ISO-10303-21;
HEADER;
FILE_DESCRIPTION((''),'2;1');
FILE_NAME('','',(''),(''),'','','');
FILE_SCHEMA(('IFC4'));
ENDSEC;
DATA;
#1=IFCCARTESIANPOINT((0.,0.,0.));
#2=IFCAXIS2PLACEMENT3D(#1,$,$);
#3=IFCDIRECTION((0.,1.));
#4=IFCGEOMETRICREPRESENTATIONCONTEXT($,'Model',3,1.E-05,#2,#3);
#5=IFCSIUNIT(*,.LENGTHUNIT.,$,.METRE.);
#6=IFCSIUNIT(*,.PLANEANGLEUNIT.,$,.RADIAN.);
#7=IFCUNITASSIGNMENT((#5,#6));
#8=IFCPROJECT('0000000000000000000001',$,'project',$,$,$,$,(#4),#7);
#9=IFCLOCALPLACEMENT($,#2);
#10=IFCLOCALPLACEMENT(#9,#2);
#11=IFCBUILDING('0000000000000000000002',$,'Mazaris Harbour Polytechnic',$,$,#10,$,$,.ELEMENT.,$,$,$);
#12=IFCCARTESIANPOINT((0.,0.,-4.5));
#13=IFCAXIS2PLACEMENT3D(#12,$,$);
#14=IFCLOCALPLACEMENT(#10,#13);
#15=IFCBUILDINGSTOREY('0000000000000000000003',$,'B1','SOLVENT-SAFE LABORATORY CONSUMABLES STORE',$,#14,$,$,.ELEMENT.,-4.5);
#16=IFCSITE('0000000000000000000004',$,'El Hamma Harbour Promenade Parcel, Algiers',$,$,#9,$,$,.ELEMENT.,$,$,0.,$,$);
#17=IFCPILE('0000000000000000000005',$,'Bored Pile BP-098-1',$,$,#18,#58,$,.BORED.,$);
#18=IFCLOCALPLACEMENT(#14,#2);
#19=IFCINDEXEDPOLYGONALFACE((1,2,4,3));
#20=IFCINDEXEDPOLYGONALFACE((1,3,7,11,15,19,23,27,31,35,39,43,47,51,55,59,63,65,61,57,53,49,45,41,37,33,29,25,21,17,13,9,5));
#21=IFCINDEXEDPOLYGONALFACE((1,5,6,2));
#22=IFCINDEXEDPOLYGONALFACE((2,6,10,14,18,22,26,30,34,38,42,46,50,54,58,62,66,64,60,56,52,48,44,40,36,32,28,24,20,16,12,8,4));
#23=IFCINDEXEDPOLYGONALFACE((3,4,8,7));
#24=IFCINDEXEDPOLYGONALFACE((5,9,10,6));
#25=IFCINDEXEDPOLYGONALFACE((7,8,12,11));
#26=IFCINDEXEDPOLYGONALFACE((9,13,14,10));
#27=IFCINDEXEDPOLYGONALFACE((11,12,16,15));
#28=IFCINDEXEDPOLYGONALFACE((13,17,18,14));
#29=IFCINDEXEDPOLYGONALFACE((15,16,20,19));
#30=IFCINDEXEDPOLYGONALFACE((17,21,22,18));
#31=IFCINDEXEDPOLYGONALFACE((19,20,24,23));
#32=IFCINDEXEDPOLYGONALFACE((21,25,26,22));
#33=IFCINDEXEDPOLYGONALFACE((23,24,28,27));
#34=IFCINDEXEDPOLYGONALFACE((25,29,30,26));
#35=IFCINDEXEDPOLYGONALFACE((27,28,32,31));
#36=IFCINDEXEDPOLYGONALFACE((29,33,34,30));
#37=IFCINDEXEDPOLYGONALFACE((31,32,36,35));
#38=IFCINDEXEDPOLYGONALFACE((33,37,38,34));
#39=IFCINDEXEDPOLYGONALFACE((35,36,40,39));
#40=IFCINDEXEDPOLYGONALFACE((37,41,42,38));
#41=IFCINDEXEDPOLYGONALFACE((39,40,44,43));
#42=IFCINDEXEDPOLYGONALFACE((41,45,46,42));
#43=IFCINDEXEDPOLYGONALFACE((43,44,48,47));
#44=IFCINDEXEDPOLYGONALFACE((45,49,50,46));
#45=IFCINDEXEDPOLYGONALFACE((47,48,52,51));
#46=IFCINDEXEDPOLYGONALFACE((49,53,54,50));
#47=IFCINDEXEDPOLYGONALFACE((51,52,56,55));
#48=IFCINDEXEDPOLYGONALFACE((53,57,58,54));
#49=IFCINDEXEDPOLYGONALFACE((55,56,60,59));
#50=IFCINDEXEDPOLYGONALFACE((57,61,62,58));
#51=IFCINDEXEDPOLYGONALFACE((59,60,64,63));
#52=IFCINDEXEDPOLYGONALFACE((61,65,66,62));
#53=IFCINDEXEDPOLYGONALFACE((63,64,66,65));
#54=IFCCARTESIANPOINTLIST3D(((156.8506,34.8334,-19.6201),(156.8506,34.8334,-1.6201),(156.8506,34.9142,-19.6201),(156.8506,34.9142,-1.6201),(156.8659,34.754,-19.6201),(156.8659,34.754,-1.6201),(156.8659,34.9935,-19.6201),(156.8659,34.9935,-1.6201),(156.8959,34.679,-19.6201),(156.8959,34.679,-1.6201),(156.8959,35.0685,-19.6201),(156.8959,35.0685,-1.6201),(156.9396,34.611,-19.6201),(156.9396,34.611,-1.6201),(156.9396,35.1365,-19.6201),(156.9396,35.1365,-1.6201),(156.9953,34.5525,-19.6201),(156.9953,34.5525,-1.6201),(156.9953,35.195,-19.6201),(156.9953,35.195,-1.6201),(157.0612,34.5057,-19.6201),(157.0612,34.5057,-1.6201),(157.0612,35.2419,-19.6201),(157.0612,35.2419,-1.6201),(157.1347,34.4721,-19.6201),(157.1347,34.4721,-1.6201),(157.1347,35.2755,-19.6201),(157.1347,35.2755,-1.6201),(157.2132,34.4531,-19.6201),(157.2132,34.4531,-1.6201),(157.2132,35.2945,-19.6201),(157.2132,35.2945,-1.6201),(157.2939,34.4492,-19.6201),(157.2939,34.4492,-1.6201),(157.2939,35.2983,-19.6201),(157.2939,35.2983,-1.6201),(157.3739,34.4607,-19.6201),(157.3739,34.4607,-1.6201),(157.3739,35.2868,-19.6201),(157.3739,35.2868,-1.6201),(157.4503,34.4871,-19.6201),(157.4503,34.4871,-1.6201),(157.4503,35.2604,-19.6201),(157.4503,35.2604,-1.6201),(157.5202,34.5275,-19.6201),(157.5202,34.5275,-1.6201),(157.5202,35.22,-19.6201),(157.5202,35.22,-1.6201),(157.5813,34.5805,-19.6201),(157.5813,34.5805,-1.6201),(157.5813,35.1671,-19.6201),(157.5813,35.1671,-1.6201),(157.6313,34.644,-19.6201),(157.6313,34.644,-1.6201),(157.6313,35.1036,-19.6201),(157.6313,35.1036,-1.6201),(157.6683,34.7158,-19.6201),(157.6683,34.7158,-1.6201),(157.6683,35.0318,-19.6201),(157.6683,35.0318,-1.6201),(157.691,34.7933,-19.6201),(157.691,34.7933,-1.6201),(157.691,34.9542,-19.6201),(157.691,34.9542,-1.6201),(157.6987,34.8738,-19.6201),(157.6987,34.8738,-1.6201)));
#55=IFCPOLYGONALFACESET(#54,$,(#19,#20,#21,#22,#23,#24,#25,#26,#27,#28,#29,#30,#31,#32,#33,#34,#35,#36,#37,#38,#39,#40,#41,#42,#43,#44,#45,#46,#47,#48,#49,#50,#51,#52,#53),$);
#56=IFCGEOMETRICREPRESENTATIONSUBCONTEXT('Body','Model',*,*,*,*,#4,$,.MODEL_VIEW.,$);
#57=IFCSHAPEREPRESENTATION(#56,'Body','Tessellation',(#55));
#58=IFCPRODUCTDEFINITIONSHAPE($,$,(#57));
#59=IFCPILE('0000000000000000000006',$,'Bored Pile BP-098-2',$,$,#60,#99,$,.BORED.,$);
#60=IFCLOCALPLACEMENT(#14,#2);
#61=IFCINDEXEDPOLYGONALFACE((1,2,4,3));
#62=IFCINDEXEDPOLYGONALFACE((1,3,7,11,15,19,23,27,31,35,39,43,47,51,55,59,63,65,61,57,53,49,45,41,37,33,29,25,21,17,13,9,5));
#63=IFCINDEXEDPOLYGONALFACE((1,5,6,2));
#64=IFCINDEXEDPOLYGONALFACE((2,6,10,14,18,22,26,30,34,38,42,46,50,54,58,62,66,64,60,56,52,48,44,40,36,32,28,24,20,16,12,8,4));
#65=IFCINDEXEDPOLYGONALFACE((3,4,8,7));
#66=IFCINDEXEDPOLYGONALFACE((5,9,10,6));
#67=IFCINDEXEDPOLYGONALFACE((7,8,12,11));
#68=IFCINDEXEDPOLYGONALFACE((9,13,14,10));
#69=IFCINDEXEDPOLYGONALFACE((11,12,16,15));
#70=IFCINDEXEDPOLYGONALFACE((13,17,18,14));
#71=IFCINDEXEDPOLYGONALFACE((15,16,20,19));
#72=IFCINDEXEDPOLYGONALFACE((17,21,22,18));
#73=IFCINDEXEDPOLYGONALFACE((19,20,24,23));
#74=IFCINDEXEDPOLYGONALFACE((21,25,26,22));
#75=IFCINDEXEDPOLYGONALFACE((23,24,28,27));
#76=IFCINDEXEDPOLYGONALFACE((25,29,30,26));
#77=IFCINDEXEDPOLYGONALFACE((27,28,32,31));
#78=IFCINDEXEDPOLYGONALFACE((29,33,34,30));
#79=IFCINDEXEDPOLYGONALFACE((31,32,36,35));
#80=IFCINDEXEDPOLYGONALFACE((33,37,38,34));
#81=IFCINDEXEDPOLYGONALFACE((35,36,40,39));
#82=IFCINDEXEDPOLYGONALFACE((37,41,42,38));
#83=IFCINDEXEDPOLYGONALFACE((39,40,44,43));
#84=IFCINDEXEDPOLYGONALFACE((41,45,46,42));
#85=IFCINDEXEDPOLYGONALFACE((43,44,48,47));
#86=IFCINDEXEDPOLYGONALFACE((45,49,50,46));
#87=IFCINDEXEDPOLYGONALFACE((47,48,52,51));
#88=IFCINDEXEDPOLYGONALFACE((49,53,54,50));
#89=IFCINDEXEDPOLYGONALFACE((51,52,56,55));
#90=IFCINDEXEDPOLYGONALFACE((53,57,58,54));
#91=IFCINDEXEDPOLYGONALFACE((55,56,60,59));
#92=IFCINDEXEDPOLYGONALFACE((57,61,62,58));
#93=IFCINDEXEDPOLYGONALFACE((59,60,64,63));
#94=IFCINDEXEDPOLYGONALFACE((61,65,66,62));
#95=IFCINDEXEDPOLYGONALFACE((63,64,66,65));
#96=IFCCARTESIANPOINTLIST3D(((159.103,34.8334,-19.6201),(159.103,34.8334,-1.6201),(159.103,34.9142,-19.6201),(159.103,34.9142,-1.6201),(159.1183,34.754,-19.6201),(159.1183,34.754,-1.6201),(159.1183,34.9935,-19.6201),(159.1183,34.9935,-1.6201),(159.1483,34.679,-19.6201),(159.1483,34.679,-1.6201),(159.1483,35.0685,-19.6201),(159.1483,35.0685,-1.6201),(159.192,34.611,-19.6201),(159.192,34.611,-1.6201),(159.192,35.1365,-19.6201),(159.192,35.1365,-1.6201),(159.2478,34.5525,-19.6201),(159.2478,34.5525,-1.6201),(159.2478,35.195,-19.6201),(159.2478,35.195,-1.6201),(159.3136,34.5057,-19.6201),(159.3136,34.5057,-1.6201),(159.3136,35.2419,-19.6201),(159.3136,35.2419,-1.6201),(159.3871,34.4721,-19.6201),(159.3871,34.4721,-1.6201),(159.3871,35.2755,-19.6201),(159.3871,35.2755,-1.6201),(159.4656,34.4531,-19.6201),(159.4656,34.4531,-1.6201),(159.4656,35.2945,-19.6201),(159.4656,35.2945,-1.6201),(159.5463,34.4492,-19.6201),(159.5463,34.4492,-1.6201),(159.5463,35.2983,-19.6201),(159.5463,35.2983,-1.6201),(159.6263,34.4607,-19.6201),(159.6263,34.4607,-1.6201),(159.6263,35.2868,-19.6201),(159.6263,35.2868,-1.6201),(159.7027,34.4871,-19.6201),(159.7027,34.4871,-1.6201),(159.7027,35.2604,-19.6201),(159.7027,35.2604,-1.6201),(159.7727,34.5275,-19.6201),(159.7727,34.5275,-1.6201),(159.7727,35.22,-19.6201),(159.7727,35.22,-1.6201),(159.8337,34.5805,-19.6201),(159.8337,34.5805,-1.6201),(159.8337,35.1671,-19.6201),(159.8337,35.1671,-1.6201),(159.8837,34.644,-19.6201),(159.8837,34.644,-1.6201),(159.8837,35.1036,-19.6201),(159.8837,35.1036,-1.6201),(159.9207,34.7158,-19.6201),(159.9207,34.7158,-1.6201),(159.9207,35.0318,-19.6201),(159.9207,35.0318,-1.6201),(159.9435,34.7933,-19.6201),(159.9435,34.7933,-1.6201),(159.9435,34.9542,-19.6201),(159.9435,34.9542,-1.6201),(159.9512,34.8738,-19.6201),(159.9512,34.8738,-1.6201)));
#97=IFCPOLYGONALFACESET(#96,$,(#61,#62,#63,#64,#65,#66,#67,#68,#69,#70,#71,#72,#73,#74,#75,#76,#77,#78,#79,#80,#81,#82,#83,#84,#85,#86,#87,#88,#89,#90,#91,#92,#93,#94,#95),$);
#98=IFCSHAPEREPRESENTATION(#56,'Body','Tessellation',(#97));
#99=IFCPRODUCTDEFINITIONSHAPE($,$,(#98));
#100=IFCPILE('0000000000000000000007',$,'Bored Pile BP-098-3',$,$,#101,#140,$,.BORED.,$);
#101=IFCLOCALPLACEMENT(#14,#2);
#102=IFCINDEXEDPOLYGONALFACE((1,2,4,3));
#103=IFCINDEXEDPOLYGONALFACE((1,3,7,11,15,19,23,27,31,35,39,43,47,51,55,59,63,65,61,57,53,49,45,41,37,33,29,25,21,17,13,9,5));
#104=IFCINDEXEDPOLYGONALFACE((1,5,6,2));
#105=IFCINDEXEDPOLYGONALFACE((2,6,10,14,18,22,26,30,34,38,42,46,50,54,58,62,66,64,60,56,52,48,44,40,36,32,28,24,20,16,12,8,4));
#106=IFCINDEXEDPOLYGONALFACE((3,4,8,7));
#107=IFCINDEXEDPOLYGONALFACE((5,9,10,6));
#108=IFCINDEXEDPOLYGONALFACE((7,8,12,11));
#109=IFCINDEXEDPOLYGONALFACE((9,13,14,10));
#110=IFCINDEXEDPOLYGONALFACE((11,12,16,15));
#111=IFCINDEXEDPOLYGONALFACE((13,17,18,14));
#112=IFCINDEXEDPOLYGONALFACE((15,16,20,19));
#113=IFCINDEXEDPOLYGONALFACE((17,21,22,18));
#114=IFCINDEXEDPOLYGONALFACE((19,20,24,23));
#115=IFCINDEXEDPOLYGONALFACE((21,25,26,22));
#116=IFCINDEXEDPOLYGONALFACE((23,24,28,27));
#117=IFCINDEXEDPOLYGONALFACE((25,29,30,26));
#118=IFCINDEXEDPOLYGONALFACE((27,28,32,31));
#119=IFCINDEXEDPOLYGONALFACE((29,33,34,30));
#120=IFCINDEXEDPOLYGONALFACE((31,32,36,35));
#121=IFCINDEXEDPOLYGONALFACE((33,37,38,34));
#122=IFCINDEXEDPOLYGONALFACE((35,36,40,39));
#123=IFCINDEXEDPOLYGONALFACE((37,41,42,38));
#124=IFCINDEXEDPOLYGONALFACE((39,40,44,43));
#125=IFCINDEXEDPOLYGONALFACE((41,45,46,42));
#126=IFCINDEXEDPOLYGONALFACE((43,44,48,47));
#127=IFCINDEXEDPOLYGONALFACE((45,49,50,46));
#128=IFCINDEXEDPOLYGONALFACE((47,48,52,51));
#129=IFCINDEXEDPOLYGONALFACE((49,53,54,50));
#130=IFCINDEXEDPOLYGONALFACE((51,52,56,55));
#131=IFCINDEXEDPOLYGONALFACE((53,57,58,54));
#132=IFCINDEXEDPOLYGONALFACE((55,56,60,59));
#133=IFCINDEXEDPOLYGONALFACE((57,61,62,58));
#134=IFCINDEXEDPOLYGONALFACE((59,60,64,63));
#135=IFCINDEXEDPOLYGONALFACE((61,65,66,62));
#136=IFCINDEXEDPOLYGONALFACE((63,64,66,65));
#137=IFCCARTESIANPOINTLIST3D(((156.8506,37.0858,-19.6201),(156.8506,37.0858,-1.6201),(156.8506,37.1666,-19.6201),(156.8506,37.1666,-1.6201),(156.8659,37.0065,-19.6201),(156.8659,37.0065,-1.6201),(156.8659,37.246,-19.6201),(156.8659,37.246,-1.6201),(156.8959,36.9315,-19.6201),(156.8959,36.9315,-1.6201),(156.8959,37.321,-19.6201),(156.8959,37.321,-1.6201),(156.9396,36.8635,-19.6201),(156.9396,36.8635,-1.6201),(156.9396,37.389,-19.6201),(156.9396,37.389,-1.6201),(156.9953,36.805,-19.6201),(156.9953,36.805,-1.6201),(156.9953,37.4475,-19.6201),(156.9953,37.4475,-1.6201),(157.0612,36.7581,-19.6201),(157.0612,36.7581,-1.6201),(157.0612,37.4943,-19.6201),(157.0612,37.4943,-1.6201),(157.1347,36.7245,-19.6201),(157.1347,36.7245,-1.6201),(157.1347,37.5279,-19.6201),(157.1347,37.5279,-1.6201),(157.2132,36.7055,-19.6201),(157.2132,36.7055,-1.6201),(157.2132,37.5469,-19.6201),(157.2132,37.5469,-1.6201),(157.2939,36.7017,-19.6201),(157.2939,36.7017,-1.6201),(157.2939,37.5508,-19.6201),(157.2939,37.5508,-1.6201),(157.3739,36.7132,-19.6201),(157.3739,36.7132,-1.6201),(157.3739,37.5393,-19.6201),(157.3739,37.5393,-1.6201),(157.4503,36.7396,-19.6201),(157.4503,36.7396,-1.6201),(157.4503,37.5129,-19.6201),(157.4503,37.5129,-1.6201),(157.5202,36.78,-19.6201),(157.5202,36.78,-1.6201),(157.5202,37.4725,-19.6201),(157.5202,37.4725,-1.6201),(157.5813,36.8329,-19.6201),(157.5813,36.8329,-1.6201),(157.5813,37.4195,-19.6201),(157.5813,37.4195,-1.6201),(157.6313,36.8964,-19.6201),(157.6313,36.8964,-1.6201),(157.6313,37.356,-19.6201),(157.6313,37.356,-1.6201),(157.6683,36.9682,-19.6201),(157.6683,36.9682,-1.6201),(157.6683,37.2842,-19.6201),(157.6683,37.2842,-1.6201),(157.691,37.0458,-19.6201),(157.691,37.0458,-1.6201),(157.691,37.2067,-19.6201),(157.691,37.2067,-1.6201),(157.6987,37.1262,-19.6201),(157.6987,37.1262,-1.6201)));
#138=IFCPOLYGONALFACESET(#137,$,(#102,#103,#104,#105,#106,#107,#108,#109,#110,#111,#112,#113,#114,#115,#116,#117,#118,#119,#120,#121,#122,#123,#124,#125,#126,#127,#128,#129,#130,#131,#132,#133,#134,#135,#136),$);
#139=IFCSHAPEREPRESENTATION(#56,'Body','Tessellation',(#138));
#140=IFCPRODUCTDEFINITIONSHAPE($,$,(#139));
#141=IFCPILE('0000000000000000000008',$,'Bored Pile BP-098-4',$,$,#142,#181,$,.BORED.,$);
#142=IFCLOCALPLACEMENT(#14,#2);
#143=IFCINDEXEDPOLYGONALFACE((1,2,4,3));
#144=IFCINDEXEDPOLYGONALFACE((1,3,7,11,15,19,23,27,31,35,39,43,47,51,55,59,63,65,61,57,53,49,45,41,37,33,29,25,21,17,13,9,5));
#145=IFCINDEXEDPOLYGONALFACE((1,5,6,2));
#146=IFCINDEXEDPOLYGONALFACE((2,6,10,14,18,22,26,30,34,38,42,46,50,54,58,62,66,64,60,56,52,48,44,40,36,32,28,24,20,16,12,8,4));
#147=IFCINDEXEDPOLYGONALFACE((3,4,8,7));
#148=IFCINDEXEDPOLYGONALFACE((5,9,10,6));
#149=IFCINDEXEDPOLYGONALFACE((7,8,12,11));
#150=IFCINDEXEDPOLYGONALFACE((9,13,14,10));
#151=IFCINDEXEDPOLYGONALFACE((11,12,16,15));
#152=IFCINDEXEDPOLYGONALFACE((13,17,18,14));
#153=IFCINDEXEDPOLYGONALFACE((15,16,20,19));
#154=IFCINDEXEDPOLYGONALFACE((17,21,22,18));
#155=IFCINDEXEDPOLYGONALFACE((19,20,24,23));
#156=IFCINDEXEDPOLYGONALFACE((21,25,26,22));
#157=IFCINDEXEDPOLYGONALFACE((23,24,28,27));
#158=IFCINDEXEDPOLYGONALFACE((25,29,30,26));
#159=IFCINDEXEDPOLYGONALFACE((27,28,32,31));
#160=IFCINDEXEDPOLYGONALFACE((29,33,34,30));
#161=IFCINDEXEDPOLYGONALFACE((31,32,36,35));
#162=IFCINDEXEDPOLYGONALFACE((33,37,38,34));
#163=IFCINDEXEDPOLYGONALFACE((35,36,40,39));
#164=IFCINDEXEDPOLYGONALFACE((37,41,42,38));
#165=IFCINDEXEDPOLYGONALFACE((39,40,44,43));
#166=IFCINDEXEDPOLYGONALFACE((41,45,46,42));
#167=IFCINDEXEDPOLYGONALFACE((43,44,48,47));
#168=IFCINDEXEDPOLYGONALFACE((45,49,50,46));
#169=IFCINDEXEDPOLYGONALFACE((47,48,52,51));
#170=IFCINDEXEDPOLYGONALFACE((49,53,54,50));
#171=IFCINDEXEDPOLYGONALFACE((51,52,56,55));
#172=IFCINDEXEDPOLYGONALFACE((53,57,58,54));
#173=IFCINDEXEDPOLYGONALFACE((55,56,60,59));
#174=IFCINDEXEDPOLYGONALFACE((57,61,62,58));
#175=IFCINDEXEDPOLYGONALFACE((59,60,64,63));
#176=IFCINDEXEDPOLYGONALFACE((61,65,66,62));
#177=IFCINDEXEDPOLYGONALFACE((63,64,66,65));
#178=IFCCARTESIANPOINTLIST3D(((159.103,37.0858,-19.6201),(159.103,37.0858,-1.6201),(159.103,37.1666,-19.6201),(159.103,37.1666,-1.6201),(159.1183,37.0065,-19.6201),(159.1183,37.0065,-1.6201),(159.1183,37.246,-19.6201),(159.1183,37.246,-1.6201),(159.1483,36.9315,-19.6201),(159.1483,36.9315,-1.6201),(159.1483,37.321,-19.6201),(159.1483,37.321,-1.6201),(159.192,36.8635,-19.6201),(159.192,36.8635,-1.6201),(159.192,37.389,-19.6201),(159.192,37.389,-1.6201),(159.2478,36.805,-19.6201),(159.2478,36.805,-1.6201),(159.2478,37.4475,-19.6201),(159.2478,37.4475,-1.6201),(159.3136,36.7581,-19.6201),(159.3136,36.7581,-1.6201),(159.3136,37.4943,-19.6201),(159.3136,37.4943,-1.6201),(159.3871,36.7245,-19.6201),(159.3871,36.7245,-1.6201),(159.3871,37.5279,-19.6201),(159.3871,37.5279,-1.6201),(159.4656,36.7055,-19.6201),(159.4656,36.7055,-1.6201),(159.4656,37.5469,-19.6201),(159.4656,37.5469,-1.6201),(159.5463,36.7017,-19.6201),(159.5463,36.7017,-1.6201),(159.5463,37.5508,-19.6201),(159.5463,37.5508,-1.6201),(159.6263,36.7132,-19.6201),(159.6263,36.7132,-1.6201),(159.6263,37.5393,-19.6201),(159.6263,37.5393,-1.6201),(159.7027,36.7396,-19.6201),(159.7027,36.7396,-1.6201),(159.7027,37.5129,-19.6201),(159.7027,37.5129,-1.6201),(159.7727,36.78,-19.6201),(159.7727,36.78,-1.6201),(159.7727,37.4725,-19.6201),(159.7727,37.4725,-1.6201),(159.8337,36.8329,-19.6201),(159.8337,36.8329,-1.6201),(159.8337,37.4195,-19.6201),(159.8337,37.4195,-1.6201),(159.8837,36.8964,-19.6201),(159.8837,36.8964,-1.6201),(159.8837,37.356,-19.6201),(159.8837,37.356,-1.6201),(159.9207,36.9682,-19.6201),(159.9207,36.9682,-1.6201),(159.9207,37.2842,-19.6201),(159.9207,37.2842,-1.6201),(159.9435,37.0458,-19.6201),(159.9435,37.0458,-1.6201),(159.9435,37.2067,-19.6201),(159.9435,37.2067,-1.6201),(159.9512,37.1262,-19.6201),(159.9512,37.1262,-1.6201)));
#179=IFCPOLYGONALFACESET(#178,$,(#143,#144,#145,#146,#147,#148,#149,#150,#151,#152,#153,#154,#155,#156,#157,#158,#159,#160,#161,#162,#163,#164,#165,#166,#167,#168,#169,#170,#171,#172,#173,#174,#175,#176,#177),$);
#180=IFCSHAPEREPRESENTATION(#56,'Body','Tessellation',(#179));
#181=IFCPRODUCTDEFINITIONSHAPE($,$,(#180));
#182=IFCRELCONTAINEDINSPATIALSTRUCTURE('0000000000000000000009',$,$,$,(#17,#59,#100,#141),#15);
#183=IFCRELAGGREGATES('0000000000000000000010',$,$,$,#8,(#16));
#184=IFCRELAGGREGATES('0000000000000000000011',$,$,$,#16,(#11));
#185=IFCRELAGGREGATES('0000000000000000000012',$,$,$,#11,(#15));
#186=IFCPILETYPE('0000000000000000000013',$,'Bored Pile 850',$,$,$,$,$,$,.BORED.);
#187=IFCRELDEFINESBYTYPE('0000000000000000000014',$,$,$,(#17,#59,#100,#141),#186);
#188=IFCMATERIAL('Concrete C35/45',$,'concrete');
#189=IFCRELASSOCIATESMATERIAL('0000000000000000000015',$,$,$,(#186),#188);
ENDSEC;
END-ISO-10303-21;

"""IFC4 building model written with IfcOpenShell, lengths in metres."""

from ifc_helpers import new_model, si_unit, direction, frame, origin, origin_2d, place, context, subcontext, project, spatial, circle, extrude, material, material_profile, profile_set, type_object, element, save


model = new_model("IFC4")

# Units and contexts
model_context = context("Model", 3, precision=1e-05, world=origin(), true_north=direction((0.0, 1.0)))
body_context = subcontext(model_context, "Body", "Model", "MODEL_VIEW")
ifc_project = project(units=[si_unit("LENGTHUNIT", "METRE"), si_unit("PLANEANGLEUNIT", "RADIAN")], contexts=[model_context])

# Site, building, storey
site_placement = place(None, origin())
site = spatial("IfcSite", under=ifc_project, at=site_placement, Name="El Hamma Harbour Promenade Parcel, Algiers", CompositionType="ELEMENT", RefElevation=0.0)
building_placement = place(site_placement, origin())
building = spatial("IfcBuilding", under=site, at=building_placement, Name="Mazaris Harbour Polytechnic", CompositionType="ELEMENT")
storey_placement = place(building_placement, frame((0.0, 0.0, -4.5)))
storey = spatial("IfcBuildingStorey", under=building, at=storey_placement, Name="B1", Description="SOLVENT-SAFE LABORATORY CONSUMABLES STORE", CompositionType="ELEMENT", Elevation=-4.5)

# Piles
ifc_material_1 = material(Name="Concrete C35/45", Category="concrete")
ifc_material_profile_1 = material_profile(ifc_material_1, circle(Radius=0.425, at=origin_2d()), Name="DIA850")
ifc_profile_set_1 = profile_set([ifc_material_profile_1], Name="Concrete C35/45")
pile_type = type_object("IfcPileType", Name="Bored Pile 850", PredefinedType="BORED", material=ifc_profile_set_1)
for number, where, z_axis, x_axis, name in (
    (1, (157.2737, 34.8738, -1.6201), (0.0, 0.0, -1.0), (1.0, 0.0, 0.0), "Bored Pile BP-098-1"),
    (2, (159.5261, 34.8738, -1.6201), (0.0, 0.0, -1.0), (1.0, 0.0, 0.0), "Bored Pile BP-098-2"),
    (3, (157.2737, 37.1262, -1.6201), (0.0, 0.0, -1.0), (1.0, 0.0, 0.0), "Bored Pile BP-098-3"),
    (4, (159.5261, 37.1262, -1.6201), (0.0, 0.0, -1.0), (1.0, 0.0, 0.0), "Bored Pile BP-098-4"),
):
    element("IfcPile", number, at=place(storey_placement, frame(where, z_axis=z_axis, x_axis=x_axis)), inside=storey, type_object=pile_type, Name=name, PredefinedType="BORED", context=body_context, shape_type="SweptSolid", body=[
        extrude(circle(Radius=0.425, at=origin_2d()), origin(), (0.0, 0.0, 1.0), 18.0),
    ])

save(model, "model.ifc")
